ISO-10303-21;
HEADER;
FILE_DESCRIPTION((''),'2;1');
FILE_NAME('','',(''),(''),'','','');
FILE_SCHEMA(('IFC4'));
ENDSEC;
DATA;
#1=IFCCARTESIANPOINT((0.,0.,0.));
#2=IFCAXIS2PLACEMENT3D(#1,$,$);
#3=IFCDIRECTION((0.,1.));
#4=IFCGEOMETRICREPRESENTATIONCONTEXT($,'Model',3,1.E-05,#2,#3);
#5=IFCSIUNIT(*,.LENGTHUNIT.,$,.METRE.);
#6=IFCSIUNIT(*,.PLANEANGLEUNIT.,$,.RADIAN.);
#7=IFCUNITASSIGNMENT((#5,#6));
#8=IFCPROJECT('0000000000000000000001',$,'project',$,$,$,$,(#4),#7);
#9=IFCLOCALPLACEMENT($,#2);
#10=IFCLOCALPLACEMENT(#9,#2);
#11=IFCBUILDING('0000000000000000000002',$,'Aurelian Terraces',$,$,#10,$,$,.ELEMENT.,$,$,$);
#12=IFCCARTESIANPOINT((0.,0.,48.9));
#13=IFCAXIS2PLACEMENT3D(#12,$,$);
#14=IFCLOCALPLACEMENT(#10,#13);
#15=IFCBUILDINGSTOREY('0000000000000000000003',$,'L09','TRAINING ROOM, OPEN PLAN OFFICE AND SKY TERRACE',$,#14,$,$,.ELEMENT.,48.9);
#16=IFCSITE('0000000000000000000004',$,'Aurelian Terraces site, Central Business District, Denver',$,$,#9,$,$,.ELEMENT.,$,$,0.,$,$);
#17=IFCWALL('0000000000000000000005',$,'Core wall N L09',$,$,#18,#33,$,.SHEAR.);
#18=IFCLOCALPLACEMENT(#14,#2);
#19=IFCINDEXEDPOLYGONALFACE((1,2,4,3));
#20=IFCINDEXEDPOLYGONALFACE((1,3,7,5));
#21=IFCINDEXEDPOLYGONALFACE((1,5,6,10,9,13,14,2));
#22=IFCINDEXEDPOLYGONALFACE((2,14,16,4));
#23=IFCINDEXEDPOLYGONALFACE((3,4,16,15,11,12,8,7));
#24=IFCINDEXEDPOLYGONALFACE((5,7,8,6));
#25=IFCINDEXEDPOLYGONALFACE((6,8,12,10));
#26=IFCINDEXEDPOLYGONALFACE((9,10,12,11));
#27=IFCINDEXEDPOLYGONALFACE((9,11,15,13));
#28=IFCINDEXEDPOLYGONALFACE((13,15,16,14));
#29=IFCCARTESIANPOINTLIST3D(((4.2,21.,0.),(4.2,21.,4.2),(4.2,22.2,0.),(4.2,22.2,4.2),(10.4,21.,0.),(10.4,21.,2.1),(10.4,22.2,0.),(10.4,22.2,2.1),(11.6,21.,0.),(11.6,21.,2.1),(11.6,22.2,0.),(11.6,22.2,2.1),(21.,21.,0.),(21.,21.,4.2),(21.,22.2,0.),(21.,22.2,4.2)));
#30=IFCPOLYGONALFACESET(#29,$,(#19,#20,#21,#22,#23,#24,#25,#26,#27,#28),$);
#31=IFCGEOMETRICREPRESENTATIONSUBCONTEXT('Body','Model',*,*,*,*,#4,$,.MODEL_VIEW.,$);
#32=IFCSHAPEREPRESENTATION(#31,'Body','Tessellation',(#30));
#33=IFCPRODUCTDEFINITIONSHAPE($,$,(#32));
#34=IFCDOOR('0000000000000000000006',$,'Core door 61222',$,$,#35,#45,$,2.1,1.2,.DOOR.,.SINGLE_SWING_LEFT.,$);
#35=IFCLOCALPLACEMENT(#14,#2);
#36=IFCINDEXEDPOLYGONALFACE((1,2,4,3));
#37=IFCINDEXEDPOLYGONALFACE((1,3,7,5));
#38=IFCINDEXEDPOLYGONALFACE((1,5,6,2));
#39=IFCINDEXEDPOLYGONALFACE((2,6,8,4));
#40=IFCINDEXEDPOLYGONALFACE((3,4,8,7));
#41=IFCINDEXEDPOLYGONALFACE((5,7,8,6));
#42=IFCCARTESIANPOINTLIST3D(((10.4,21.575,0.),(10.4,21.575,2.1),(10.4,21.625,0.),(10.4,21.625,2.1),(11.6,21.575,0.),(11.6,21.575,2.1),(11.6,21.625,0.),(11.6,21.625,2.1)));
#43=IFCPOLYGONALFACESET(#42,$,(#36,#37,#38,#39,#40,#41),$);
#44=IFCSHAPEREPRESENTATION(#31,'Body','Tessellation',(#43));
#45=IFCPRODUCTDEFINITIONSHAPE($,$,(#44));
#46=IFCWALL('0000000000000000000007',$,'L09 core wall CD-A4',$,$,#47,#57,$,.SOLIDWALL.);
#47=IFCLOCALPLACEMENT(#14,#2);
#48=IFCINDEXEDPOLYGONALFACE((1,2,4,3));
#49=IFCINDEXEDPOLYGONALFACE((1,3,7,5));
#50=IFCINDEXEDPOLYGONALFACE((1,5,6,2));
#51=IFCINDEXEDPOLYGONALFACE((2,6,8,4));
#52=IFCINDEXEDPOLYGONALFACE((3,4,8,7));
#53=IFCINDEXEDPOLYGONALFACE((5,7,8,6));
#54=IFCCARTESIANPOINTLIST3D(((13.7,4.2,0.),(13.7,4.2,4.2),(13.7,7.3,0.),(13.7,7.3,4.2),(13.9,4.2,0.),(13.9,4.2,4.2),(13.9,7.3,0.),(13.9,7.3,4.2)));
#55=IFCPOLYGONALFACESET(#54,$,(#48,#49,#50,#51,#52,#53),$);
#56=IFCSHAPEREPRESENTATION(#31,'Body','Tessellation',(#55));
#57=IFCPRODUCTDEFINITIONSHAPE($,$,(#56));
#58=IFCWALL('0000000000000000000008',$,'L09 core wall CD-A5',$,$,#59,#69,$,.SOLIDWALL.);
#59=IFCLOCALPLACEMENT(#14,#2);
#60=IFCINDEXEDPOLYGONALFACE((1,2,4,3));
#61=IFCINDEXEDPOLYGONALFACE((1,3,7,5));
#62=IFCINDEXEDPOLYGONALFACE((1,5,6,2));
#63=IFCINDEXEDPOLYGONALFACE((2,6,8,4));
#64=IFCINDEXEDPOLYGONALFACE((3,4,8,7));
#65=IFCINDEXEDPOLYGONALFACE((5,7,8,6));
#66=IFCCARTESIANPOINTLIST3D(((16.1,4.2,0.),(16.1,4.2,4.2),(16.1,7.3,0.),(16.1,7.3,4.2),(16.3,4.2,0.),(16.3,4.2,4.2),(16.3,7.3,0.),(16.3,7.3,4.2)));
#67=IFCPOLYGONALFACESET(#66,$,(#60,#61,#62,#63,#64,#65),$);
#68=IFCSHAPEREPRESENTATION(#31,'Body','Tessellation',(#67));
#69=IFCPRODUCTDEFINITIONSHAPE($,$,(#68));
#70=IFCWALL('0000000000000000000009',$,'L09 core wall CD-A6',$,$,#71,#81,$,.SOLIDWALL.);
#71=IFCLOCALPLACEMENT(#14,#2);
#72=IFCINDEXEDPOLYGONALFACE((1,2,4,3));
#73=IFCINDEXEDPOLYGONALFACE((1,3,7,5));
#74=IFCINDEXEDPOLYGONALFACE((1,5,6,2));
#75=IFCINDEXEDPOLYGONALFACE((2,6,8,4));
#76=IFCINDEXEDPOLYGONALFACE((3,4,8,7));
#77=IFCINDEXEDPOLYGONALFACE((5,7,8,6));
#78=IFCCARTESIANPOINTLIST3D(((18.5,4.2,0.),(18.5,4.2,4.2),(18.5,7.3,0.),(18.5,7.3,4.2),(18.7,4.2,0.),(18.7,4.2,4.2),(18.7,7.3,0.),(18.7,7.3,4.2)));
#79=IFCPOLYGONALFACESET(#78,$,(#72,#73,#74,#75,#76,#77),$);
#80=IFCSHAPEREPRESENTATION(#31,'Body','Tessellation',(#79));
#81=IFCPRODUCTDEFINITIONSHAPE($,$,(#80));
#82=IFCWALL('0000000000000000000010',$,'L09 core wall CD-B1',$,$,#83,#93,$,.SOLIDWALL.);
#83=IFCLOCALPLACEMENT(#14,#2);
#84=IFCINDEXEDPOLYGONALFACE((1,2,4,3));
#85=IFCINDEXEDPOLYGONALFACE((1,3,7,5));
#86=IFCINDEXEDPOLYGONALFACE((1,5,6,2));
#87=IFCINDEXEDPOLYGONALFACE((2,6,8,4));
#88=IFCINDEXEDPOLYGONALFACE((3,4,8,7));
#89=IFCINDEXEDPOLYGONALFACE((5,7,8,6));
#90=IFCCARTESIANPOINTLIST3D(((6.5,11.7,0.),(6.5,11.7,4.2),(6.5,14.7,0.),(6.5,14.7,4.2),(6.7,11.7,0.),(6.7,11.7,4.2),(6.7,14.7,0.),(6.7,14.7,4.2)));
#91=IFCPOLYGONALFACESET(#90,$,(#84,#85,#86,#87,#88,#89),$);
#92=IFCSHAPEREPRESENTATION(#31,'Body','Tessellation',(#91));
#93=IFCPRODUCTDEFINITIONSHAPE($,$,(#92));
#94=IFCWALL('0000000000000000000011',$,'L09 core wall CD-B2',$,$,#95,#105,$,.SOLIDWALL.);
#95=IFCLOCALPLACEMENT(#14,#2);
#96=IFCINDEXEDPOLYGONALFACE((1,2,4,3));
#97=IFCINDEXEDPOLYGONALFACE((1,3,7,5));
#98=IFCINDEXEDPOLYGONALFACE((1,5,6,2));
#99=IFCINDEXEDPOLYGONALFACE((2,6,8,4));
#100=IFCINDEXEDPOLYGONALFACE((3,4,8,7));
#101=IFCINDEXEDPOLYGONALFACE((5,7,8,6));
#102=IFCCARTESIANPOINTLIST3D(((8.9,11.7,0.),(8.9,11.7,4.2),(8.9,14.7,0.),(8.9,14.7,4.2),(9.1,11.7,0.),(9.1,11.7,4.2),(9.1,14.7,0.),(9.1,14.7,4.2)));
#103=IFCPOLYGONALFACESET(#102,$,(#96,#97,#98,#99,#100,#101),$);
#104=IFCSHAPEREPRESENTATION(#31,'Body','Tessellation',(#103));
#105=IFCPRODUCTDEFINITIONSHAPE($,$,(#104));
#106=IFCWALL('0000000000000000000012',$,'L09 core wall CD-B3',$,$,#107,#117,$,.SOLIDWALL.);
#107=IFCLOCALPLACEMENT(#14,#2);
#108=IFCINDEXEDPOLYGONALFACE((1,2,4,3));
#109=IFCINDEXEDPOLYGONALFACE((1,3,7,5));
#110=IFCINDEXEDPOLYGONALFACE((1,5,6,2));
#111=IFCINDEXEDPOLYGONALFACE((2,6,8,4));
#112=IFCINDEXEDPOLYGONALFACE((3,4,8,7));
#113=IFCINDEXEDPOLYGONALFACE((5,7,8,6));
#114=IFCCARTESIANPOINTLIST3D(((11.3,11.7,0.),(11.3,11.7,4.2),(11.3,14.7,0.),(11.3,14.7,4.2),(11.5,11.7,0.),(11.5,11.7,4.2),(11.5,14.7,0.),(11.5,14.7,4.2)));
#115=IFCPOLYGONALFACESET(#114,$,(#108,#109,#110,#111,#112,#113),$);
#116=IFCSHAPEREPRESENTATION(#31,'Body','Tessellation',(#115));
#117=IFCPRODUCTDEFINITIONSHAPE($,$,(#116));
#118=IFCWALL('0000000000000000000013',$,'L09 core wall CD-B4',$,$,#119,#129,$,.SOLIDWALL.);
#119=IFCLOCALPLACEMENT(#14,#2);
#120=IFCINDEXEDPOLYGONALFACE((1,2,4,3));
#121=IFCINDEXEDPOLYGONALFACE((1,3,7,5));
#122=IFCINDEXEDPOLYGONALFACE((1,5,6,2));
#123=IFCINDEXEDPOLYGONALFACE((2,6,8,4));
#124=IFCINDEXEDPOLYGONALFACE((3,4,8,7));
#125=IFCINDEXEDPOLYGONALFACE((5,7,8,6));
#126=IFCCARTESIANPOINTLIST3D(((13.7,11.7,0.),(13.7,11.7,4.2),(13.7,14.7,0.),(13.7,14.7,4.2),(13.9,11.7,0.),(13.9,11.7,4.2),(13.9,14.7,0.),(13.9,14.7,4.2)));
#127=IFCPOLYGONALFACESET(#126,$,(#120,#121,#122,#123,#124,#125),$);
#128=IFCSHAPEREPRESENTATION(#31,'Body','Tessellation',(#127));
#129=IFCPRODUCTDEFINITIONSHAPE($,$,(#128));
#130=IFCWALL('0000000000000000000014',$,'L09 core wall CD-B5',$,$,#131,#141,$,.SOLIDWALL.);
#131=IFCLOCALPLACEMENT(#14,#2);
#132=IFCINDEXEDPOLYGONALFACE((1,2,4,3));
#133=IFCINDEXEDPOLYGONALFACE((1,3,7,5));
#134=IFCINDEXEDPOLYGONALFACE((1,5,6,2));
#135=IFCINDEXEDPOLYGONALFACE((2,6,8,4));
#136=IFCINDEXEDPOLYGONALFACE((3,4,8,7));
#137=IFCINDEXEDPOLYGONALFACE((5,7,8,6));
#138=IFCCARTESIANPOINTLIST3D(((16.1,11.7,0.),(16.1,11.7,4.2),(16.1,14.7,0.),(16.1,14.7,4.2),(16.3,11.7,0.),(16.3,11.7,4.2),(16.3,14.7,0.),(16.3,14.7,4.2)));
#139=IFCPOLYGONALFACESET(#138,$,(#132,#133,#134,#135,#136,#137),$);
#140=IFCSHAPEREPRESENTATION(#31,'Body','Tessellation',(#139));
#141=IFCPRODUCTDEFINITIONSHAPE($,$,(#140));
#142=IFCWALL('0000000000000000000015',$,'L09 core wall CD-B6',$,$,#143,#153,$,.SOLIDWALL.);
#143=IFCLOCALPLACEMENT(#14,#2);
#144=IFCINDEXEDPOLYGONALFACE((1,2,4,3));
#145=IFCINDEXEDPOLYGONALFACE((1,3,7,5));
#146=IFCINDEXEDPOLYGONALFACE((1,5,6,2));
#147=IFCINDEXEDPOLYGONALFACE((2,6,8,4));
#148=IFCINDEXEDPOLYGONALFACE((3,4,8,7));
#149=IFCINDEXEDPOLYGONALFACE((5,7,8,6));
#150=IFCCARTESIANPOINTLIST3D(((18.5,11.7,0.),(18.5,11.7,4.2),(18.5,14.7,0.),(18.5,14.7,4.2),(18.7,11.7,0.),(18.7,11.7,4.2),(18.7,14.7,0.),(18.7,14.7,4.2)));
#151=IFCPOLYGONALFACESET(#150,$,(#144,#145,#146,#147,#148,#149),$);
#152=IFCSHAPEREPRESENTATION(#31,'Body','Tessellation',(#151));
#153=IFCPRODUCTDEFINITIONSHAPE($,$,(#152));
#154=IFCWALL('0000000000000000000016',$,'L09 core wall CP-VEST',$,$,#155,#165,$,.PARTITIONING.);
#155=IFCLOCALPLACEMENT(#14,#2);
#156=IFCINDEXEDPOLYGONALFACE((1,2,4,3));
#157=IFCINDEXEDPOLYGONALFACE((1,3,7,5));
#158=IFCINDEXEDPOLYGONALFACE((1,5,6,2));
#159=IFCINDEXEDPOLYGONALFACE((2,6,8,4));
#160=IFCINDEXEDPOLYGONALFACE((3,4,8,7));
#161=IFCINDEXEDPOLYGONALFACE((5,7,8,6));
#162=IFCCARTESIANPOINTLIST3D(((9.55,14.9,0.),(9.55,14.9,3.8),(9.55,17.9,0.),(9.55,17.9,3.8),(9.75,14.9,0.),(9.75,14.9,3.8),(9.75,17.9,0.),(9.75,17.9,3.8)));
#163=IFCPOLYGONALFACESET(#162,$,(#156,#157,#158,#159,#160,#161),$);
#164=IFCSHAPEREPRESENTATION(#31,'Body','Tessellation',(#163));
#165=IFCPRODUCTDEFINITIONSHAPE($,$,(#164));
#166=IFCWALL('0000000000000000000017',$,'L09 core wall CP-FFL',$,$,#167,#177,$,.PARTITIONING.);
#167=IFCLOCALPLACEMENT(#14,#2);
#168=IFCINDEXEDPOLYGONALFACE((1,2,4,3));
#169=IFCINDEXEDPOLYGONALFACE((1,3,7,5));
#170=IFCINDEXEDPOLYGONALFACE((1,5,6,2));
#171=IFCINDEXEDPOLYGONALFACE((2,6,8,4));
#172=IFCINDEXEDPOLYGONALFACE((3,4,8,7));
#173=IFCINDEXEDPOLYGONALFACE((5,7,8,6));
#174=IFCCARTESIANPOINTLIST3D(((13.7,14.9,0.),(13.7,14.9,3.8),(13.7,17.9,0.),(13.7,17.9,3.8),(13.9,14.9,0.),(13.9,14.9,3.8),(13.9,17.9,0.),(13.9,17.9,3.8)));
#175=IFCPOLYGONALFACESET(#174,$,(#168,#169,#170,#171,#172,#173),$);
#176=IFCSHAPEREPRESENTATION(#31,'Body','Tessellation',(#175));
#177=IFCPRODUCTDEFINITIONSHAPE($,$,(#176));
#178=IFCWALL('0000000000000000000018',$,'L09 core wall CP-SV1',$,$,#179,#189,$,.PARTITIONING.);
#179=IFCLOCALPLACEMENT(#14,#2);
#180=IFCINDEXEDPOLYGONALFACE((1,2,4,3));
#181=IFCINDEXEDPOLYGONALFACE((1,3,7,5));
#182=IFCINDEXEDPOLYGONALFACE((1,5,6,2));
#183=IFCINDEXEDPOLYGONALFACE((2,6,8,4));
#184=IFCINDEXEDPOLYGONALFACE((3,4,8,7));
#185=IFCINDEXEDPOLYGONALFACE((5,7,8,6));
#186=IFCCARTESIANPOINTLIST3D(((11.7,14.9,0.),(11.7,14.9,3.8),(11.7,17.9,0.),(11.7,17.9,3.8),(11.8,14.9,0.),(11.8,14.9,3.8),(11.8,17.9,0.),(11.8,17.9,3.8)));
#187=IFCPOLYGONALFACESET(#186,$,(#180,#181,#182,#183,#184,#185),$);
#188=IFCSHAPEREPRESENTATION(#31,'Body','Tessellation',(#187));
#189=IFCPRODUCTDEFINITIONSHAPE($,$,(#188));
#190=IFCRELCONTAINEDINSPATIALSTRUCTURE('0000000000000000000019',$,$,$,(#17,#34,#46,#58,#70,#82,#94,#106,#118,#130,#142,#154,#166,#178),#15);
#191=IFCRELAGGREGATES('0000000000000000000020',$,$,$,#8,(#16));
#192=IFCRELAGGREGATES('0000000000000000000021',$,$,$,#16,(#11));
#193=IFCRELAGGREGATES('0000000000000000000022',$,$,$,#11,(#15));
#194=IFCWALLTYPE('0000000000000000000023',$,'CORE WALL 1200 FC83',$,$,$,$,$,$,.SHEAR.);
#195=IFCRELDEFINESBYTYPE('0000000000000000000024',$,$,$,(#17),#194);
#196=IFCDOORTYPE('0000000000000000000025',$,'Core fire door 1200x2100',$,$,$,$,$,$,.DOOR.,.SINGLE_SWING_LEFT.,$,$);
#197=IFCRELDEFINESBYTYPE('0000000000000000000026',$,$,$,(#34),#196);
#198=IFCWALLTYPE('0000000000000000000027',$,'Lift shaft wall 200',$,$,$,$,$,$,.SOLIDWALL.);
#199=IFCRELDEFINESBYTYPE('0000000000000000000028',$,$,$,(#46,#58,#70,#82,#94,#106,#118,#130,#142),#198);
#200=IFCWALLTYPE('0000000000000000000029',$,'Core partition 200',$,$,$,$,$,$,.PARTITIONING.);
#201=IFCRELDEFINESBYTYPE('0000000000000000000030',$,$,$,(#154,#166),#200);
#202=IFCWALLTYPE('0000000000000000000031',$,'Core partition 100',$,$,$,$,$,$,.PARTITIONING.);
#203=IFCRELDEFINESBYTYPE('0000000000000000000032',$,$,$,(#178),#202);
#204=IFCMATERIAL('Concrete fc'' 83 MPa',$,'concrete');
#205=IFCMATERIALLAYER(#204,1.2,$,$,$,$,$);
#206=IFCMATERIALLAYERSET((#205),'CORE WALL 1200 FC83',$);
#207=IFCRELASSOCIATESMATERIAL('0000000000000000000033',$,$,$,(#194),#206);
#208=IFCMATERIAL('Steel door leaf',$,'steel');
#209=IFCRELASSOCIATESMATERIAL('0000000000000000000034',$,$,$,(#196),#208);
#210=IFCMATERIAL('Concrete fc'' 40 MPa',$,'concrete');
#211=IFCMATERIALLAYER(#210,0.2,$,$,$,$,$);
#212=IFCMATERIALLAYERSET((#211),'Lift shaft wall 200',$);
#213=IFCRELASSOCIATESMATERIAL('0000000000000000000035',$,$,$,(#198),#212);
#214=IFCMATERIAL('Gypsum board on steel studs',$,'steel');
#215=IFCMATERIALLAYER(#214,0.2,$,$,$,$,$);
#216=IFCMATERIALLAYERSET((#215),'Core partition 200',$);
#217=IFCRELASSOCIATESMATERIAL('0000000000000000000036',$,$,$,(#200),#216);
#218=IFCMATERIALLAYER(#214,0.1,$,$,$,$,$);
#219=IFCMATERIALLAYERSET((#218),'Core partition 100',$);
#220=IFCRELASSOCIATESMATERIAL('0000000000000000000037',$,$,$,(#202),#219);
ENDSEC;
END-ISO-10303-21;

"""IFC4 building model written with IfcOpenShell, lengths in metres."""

from ifc_helpers import new_model, si_unit, direction, frame, frame_2d, origin, place, context, subcontext, project, spatial, rectangle, extrude, source, transform, mapped, material, layer, layer_set, type_object, element, fill, save


model = new_model("IFC4")

# Units and contexts
model_context = context("Model", 3, precision=1e-05, world=origin(), true_north=direction((0.0, 1.0)))
body_context = subcontext(model_context, "Body", "Model", "MODEL_VIEW")
ifc_project = project(units=[si_unit("LENGTHUNIT", "METRE"), si_unit("PLANEANGLEUNIT", "RADIAN")], contexts=[model_context])

# Site, building, storey
site_placement = place(None, origin())
site = spatial("IfcSite", under=ifc_project, at=site_placement, Name="Aurelian Terraces site, Central Business District, Denver", CompositionType="ELEMENT", RefElevation=0.0)
building_placement = place(site_placement, origin())
building = spatial("IfcBuilding", under=site, at=building_placement, Name="Aurelian Terraces", CompositionType="ELEMENT")
storey_placement = place(building_placement, frame((0.0, 0.0, 48.9)))
storey = spatial("IfcBuildingStorey", under=building, at=storey_placement, Name="L09", Description="TRAINING ROOM, OPEN PLAN OFFICE AND SKY TERRACE", CompositionType="ELEMENT", Elevation=48.9)

# Wall, opening, door
ifc_material_1 = material(Name="Concrete fc' 83 MPa", Category="concrete")
ifc_layer_1 = layer(ifc_material_1, 1.2)
ifc_layer_set_1 = layer_set([ifc_layer_1], Name="CORE WALL 1200 FC83")
wall_type_1 = type_object("IfcWallType", Name="CORE WALL 1200 FC83", PredefinedType="SHEAR", material=ifc_layer_set_1)
shared_shape_1 = source(origin(), body_context, "Body", "SweptSolid", [
    extrude(rectangle(XDim=16.8, YDim=1.2, at=frame_2d((8.4, 0.0))), origin(), (0.0, 0.0, 1.0), 4.2),
])
wall_1_placement = place(storey_placement, frame((4.2, 21.6, 0.0), z_axis=(0.0, 0.0, 1.0), x_axis=(1.0, 0.0, 0.0)))
wall_1 = element("IfcWall", 1, at=wall_1_placement, inside=storey, type_object=wall_type_1, Name="Core wall N L09", PredefinedType="SHEAR", context=body_context, shape_type="MappedRepresentation", body=[
    mapped(shared_shape_1, transform((0.0, 0.0, 0.0), scale=1.0)),
])
shared_shape_2 = source(origin(), body_context, "Body", "SweptSolid", [
    extrude(rectangle(XDim=1.2, YDim=2.1, at=frame_2d((0.6, 1.05))), frame((0.0, 0.61, 0.0), z_axis=(0.0, -1.0, 0.0), x_axis=(1.0, 0.0, 0.0)), (0.0, 0.0, 1.0), 1.22),
])
opening_1_placement = place(wall_1_placement, frame((6.2, 0.0, 0.0)))
opening_1 = element("IfcOpeningElement", 2, at=opening_1_placement, cuts=wall_1, PredefinedType="OPENING", context=body_context, shape_type="MappedRepresentation", body=[
    mapped(shared_shape_2, transform((0.0, 0.0, 0.0), scale=1.0)),
])
ifc_material_2 = material(Name="Steel door leaf", Category="steel")
door_type_1 = type_object("IfcDoorType", Name="Core fire door 1200x2100", OperationType="SINGLE_SWING_LEFT", PredefinedType="DOOR", material=ifc_material_2)
shared_shape_3 = source(origin(), body_context, "Body", "SweptSolid", [
    extrude(rectangle(XDim=1.2, YDim=2.1, at=frame_2d((0.6, 1.05))), frame((0.0, 0.025, 0.0), z_axis=(0.0, -1.0, 0.0), x_axis=(1.0, 0.0, 0.0)), (0.0, 0.0, 1.0), 0.05),
])
door_1_placement = place(opening_1_placement, origin())
door_1 = element("IfcDoor", 3, at=door_1_placement, inside=storey, type_object=door_type_1, Name="Core door 61222", OperationType="SINGLE_SWING_LEFT", OverallHeight=2.1, OverallWidth=1.2, PredefinedType="DOOR", context=body_context, shape_type="MappedRepresentation", body=[
    mapped(shared_shape_3, transform((0.0, 0.0, 0.0), scale=1.0)),
])
fill(opening_1, door_1)

# Walls
ifc_material_3 = material(Name="Concrete fc' 40 MPa", Category="concrete")
ifc_layer_2 = layer(ifc_material_3, 0.2)
ifc_layer_set_2 = layer_set([ifc_layer_2], Name="Lift shaft wall 200")
wall_type_2 = type_object("IfcWallType", Name="Lift shaft wall 200", PredefinedType="SOLIDWALL", material=ifc_layer_set_2)
shared_shape_4 = source(origin(), body_context, "Body", "SweptSolid", [
    extrude(rectangle(XDim=3.1, YDim=0.2, at=frame_2d((1.55, 0.0))), origin(), (0.0, 0.0, 1.0), 4.2),
])
for number, where, z_axis, x_axis, name in (
    (4, (13.8, 4.2, 0.0), (0.0, 0.0, 1.0), (0.0, 1.0, 0.0), "L09 core wall CD-A4"),
    (5, (16.2, 4.2, 0.0), (0.0, 0.0, 1.0), (0.0, 1.0, 0.0), "L09 core wall CD-A5"),
    (6, (18.6, 4.2, 0.0), (0.0, 0.0, 1.0), (0.0, 1.0, 0.0), "L09 core wall CD-A6"),
):
    element("IfcWall", number, at=place(storey_placement, frame(where, z_axis=z_axis, x_axis=x_axis)), inside=storey, type_object=wall_type_2, Name=name, PredefinedType="SOLIDWALL", context=body_context, shape_type="MappedRepresentation", body=[
        mapped(shared_shape_4, transform((0.0, 0.0, 0.0), scale=1.0)),
    ])
shared_shape_5 = source(origin(), body_context, "Body", "SweptSolid", [
    extrude(rectangle(XDim=3.0, YDim=0.2, at=frame_2d((1.5, 0.0))), origin(), (0.0, 0.0, 1.0), 4.2),
])
for number, where, z_axis, x_axis, name in (
    (7, (6.6, 11.7, 0.0), (0.0, 0.0, 1.0), (0.0, 1.0, 0.0), "L09 core wall CD-B1"),
    (8, (9.0, 11.7, 0.0), (0.0, 0.0, 1.0), (0.0, 1.0, 0.0), "L09 core wall CD-B2"),
    (9, (11.4, 11.7, 0.0), (0.0, 0.0, 1.0), (0.0, 1.0, 0.0), "L09 core wall CD-B3"),
    (10, (13.8, 11.7, 0.0), (0.0, 0.0, 1.0), (0.0, 1.0, 0.0), "L09 core wall CD-B4"),
    (11, (16.2, 11.7, 0.0), (0.0, 0.0, 1.0), (0.0, 1.0, 0.0), "L09 core wall CD-B5"),
    (12, (18.6, 11.7, 0.0), (0.0, 0.0, 1.0), (0.0, 1.0, 0.0), "L09 core wall CD-B6"),
):
    element("IfcWall", number, at=place(storey_placement, frame(where, z_axis=z_axis, x_axis=x_axis)), inside=storey, type_object=wall_type_2, Name=name, PredefinedType="SOLIDWALL", context=body_context, shape_type="MappedRepresentation", body=[
        mapped(shared_shape_5, transform((0.0, 0.0, 0.0), scale=1.0)),
    ])
ifc_material_4 = material(Name="Gypsum board on steel studs", Category="steel")
ifc_layer_3 = layer(ifc_material_4, 0.2)
ifc_layer_set_3 = layer_set([ifc_layer_3], Name="Core partition 200")
wall_type_3 = type_object("IfcWallType", Name="Core partition 200", PredefinedType="PARTITIONING", material=ifc_layer_set_3)
shared_shape_6 = source(origin(), body_context, "Body", "SweptSolid", [
    extrude(rectangle(XDim=3.0, YDim=0.2, at=frame_2d((1.5, 0.0))), origin(), (0.0, 0.0, 1.0), 3.8),
])
for number, where, z_axis, x_axis, name in (
    (13, (9.65, 14.9, 0.0), (0.0, 0.0, 1.0), (0.0, 1.0, 0.0), "L09 core wall CP-VEST"),
    (14, (13.8, 14.9, 0.0), (0.0, 0.0, 1.0), (0.0, 1.0, 0.0), "L09 core wall CP-FFL"),
):
    element("IfcWall", number, at=place(storey_placement, frame(where, z_axis=z_axis, x_axis=x_axis)), inside=storey, type_object=wall_type_3, Name=name, PredefinedType="PARTITIONING", context=body_context, shape_type="MappedRepresentation", body=[
        mapped(shared_shape_6, transform((0.0, 0.0, 0.0), scale=1.0)),
    ])
ifc_layer_4 = layer(ifc_material_4, 0.1)
ifc_layer_set_4 = layer_set([ifc_layer_4], Name="Core partition 100")
wall_type_4 = type_object("IfcWallType", Name="Core partition 100", PredefinedType="PARTITIONING", material=ifc_layer_set_4)
shared_shape_7 = source(origin(), body_context, "Body", "SweptSolid", [
    extrude(rectangle(XDim=3.0, YDim=0.1, at=frame_2d((1.5, 0.0))), origin(), (0.0, 0.0, 1.0), 3.8),
])
wall_2_placement = place(storey_placement, frame((11.75, 14.9, 0.0), z_axis=(0.0, 0.0, 1.0), x_axis=(0.0, 1.0, 0.0)))
element("IfcWall", 15, at=wall_2_placement, inside=storey, type_object=wall_type_4, Name="L09 core wall CP-SV1", PredefinedType="PARTITIONING", context=body_context, shape_type="MappedRepresentation", body=[
    mapped(shared_shape_7, transform((0.0, 0.0, 0.0), scale=1.0)),
])

save(model, "model.ifc")
